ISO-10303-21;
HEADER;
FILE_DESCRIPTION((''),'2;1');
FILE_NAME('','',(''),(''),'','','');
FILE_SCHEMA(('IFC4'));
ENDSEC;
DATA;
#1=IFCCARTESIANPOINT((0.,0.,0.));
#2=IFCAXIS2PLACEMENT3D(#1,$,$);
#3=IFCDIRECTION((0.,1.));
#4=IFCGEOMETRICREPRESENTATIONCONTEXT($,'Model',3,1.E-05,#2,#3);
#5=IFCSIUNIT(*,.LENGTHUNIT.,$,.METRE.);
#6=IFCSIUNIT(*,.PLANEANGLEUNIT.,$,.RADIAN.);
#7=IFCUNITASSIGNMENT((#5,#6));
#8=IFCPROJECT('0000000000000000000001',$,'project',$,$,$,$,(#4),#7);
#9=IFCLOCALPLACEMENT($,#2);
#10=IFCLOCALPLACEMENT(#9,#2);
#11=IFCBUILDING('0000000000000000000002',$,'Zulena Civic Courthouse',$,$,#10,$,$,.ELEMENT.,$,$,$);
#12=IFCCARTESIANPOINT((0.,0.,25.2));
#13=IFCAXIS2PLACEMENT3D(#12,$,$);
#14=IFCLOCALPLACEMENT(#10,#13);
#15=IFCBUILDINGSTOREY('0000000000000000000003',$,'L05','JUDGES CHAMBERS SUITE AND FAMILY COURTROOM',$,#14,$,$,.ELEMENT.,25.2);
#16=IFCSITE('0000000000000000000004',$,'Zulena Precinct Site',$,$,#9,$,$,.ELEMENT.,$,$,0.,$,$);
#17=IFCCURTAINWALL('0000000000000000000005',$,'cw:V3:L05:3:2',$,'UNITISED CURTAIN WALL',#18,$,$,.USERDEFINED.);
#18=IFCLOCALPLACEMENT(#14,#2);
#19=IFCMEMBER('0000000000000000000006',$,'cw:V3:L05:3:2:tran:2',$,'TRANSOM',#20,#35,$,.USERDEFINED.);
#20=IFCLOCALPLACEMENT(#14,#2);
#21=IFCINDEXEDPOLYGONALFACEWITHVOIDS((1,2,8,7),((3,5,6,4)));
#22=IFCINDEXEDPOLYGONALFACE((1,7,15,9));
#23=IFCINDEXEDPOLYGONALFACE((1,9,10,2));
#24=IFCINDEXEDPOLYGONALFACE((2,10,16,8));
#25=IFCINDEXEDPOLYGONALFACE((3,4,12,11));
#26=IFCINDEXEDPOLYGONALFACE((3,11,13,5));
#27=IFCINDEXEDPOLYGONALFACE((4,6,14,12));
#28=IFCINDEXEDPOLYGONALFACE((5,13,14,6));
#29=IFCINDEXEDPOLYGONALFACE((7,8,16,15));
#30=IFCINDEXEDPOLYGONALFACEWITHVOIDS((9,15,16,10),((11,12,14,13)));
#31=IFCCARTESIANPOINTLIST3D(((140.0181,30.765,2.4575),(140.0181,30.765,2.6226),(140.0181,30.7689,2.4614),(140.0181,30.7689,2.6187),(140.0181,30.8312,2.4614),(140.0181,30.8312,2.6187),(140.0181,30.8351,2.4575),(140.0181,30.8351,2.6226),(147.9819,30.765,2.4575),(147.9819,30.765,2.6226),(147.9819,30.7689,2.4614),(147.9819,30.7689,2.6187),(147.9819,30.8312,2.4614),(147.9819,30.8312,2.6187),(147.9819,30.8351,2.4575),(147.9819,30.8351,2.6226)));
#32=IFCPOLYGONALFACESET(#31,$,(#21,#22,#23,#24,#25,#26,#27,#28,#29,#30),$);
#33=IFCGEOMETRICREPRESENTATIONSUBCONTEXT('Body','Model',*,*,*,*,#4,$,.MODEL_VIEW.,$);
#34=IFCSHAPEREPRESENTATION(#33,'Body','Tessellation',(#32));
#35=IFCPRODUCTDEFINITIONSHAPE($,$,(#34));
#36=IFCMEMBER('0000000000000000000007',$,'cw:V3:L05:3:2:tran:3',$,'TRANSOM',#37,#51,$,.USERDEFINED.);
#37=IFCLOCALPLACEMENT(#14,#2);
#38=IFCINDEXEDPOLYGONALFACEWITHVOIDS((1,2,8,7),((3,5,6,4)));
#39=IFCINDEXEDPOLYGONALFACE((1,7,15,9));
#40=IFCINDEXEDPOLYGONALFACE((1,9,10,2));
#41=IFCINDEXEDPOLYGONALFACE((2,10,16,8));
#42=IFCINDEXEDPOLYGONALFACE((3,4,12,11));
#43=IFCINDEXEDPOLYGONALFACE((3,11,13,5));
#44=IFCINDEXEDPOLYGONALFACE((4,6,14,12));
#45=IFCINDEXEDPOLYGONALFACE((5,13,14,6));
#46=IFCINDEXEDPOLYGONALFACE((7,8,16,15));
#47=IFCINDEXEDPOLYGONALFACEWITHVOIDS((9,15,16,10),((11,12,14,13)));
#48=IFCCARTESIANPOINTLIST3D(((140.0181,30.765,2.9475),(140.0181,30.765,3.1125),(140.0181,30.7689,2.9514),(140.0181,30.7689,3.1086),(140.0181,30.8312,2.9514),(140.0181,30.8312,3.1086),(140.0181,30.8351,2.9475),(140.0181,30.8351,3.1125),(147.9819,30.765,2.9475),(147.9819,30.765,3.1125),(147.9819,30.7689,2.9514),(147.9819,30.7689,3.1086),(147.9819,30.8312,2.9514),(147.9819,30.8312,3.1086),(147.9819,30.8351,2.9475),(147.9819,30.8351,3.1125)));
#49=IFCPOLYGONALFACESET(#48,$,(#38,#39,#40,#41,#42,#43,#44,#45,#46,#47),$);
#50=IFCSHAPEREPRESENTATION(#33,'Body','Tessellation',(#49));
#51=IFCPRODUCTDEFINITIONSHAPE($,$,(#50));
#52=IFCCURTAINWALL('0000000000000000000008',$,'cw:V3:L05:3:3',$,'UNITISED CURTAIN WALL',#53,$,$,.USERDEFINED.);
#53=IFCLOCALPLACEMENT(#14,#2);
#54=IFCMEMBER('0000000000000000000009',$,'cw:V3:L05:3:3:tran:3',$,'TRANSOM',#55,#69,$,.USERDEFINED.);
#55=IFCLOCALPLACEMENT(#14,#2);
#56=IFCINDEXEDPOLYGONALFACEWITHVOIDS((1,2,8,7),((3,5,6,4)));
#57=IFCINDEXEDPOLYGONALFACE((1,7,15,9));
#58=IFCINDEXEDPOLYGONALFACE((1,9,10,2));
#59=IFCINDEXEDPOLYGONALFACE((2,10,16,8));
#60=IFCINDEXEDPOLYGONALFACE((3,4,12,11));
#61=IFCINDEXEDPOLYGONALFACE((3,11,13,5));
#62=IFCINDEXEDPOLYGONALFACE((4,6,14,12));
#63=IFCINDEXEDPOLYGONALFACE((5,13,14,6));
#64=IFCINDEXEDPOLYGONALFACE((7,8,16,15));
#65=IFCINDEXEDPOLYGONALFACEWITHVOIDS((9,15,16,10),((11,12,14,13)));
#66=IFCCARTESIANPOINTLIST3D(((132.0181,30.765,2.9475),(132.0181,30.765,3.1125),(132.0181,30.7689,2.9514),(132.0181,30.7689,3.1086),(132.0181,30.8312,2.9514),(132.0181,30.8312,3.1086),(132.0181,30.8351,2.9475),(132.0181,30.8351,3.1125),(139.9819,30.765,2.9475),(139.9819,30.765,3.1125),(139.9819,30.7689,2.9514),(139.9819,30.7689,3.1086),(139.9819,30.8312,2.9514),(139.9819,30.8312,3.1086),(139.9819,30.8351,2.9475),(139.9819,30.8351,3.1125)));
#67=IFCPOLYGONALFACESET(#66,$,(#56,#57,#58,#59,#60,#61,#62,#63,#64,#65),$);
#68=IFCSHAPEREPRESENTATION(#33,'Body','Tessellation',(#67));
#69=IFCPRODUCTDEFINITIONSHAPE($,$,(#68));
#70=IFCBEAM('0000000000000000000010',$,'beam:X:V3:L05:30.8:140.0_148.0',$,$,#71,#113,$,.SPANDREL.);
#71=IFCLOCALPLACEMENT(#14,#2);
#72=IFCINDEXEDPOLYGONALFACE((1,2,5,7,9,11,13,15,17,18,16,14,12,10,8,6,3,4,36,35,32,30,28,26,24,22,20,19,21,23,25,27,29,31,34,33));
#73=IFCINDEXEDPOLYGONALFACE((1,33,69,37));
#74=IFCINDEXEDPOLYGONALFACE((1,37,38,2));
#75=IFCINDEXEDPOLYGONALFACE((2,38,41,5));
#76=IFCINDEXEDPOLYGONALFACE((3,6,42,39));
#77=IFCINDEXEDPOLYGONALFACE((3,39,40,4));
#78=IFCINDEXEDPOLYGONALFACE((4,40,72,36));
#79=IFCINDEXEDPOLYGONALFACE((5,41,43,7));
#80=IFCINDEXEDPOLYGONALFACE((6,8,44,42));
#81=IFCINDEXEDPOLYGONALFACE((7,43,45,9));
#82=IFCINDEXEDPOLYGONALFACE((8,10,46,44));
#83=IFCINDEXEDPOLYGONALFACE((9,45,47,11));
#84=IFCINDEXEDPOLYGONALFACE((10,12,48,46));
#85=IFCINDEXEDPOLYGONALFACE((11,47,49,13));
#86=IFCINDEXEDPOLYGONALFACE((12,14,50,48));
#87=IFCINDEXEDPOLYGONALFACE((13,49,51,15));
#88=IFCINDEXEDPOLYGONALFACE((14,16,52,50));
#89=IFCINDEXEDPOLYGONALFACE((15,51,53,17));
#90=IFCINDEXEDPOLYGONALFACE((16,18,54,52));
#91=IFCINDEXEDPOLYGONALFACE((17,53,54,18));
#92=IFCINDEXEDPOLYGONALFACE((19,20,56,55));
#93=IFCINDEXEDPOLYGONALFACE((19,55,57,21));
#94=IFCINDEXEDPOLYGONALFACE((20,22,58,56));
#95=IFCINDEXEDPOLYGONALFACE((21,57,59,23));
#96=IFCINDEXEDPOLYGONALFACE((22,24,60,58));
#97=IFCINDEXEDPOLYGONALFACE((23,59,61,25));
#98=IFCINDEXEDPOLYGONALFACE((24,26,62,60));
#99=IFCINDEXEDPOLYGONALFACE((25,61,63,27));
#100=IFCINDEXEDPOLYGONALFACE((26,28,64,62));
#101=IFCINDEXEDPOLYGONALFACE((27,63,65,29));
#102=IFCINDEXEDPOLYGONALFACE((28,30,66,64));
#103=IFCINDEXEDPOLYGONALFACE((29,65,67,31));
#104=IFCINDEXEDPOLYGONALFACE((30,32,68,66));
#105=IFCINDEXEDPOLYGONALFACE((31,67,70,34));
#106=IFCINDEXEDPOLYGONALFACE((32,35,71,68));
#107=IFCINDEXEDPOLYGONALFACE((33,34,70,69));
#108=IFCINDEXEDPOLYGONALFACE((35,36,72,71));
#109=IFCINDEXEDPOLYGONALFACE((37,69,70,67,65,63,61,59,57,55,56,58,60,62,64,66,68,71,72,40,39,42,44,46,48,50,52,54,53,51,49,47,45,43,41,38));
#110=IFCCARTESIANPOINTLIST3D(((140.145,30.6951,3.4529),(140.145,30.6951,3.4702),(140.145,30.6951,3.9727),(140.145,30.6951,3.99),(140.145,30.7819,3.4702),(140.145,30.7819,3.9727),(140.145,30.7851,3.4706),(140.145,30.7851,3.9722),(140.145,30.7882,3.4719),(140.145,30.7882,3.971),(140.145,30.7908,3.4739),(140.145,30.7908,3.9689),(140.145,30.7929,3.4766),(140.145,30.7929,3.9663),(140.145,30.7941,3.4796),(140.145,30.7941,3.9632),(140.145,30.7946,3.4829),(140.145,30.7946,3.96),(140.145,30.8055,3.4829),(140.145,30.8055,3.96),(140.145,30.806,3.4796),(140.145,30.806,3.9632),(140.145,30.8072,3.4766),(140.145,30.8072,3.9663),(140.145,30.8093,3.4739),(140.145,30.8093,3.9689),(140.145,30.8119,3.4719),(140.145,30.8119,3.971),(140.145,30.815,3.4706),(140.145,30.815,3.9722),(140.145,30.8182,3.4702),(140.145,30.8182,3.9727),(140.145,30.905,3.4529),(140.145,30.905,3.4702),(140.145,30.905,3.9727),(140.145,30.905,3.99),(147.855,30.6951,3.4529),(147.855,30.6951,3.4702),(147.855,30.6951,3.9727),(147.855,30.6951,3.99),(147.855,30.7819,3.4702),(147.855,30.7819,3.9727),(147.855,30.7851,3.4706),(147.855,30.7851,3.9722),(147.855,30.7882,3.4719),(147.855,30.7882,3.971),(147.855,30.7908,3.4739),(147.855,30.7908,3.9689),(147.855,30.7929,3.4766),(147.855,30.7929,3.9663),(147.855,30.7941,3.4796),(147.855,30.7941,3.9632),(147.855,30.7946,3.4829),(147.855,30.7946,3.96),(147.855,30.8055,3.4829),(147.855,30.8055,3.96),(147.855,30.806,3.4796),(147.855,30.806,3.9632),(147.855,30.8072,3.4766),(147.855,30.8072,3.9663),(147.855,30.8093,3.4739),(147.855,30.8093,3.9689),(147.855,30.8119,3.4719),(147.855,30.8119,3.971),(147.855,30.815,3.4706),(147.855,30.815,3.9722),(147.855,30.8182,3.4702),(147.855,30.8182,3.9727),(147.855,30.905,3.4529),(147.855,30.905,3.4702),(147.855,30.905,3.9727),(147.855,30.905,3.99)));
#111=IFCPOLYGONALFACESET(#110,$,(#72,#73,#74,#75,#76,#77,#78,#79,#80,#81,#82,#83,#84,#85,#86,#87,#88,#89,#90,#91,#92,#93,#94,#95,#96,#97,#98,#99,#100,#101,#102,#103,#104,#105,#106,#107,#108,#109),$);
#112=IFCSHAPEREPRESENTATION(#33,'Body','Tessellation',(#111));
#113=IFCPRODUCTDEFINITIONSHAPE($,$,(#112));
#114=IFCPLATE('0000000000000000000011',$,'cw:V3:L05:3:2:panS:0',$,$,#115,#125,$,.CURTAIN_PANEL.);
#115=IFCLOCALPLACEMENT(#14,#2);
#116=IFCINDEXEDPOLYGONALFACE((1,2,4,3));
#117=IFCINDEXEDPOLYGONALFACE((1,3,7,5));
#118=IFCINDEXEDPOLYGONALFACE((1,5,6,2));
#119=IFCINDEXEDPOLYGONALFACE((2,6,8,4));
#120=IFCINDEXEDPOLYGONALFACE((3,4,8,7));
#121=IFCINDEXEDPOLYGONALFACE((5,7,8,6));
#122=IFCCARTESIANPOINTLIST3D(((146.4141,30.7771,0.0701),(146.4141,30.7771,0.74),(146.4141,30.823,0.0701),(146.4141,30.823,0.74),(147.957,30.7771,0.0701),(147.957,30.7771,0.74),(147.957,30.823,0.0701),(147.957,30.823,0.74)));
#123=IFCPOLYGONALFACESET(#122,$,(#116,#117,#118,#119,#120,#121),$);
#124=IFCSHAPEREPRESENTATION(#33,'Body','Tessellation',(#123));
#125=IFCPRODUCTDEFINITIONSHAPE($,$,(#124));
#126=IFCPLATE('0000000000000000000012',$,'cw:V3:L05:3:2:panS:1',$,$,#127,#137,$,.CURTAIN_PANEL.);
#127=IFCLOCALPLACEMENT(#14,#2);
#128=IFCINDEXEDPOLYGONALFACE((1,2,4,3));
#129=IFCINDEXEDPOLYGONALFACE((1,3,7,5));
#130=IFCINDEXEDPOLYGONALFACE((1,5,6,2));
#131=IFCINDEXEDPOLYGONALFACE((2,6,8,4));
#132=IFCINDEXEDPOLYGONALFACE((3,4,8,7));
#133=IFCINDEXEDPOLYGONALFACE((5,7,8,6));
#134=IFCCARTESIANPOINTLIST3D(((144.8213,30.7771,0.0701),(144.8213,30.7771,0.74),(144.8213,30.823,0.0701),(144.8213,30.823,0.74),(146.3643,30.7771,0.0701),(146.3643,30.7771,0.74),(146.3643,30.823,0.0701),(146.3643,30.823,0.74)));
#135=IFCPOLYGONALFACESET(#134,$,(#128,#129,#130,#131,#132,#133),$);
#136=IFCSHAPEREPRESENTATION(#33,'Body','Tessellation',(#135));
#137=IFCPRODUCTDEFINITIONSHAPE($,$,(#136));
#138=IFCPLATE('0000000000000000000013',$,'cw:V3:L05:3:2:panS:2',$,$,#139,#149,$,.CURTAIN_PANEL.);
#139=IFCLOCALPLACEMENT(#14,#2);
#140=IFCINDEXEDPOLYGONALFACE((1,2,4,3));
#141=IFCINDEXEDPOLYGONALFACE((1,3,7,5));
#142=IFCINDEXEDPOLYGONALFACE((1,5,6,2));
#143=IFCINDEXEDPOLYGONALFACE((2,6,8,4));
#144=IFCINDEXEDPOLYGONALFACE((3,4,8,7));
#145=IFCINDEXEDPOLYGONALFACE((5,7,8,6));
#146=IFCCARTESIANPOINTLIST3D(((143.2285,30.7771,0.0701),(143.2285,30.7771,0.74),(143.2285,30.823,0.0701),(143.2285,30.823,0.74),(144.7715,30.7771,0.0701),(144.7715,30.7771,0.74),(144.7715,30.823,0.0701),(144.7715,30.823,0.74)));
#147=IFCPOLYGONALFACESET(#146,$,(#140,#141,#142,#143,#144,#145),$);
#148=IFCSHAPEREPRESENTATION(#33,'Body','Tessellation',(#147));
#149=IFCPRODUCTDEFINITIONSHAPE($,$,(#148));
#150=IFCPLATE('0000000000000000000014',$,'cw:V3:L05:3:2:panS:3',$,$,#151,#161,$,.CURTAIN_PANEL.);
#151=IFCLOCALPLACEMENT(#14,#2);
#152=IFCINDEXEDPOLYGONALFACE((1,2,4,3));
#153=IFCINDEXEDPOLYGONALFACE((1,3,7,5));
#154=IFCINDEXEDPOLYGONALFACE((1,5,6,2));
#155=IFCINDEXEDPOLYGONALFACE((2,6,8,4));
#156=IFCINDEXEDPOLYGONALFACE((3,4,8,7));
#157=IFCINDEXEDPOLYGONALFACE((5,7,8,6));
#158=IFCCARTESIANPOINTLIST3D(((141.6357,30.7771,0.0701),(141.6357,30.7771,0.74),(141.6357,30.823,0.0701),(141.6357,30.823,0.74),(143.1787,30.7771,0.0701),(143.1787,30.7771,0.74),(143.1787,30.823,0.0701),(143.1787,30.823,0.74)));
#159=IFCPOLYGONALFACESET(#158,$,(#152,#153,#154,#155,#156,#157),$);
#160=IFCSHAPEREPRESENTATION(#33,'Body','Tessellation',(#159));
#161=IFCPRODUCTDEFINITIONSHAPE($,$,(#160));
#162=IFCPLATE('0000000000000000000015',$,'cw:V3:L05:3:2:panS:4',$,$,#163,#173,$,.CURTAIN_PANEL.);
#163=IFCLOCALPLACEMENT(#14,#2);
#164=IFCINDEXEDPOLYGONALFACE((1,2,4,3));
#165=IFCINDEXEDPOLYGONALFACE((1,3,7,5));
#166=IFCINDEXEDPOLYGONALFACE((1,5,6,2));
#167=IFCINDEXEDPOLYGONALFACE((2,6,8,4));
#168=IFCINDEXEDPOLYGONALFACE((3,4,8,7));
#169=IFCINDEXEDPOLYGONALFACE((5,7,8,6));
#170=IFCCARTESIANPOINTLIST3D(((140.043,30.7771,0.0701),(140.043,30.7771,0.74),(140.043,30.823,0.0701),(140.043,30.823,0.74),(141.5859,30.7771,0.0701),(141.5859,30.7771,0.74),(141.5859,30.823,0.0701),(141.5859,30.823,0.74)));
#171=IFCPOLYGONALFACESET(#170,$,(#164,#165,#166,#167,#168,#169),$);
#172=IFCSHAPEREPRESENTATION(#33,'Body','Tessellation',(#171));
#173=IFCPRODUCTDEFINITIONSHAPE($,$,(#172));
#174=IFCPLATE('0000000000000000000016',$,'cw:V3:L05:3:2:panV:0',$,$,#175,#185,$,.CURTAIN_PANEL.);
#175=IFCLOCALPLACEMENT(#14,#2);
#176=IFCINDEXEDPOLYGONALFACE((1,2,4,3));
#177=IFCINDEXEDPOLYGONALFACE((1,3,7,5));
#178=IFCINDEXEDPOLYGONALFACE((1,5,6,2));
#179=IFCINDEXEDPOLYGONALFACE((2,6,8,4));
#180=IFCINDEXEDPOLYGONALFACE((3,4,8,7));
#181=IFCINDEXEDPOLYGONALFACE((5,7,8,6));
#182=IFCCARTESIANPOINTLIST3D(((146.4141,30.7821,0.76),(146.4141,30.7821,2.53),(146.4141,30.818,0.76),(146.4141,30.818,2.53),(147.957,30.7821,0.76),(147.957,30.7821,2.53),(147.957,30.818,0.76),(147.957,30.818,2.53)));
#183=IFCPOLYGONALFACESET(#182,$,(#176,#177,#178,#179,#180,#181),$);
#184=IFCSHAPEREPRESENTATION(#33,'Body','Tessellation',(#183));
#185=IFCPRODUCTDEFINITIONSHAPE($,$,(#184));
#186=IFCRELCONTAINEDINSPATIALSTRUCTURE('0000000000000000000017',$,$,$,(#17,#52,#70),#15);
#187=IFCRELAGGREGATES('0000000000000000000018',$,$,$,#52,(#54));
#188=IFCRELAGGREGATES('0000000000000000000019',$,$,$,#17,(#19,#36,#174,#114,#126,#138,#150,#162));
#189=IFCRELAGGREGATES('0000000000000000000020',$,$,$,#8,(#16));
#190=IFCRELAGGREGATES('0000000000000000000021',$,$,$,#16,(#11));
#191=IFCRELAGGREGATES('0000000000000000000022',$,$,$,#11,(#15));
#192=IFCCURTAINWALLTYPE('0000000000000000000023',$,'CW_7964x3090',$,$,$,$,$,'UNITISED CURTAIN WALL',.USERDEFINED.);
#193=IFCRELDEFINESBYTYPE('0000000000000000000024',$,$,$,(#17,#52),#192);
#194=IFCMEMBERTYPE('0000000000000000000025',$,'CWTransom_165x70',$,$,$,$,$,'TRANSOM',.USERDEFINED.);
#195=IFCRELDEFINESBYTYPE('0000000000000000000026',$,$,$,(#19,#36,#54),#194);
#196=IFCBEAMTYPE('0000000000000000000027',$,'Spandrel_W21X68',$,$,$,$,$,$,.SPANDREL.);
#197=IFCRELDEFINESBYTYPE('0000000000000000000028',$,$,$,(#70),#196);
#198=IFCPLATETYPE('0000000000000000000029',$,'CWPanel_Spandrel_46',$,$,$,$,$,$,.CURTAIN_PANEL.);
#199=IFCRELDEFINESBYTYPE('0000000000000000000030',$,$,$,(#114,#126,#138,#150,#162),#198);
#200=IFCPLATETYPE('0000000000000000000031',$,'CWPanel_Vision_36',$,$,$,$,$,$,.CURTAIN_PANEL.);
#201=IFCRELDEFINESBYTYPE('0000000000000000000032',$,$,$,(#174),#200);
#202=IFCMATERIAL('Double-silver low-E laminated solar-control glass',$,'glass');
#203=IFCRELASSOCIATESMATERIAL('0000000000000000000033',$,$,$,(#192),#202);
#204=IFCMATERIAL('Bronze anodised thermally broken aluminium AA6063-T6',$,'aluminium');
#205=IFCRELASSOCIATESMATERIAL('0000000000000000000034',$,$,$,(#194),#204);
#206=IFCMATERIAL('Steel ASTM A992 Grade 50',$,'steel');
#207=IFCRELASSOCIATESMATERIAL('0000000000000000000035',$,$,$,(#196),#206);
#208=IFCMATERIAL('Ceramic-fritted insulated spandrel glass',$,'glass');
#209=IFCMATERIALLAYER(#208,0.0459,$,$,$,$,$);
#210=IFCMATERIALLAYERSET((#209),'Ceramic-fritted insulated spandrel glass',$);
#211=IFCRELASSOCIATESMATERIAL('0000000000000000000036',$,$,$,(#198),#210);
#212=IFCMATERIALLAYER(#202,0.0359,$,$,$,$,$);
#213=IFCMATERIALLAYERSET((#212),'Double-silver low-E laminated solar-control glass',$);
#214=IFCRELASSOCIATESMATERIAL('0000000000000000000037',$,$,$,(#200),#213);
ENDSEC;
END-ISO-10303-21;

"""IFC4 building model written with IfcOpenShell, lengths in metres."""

from ifc_helpers import new_model, si_unit, direction, frame, origin, origin_2d, place, context, subcontext, project, spatial, rectangle, hollow_rectangle, i_section, extrude, material, layer, layer_set, material_profile, profile_set, type_object, element, aggregate, save


model = new_model("IFC4")

# Units and contexts
model_context = context("Model", 3, precision=1e-05, world=origin(), true_north=direction((0.0, 1.0)))
body_context = subcontext(model_context, "Body", "Model", "MODEL_VIEW")
ifc_project = project(units=[si_unit("LENGTHUNIT", "METRE"), si_unit("PLANEANGLEUNIT", "RADIAN")], contexts=[model_context])

# Site, building, storey
site_placement = place(None, origin())
site = spatial("IfcSite", under=ifc_project, at=site_placement, Name="Zulena Precinct Site", CompositionType="ELEMENT", RefElevation=0.0)
building_placement = place(site_placement, origin())
building = spatial("IfcBuilding", under=site, at=building_placement, Name="Zulena Civic Courthouse", CompositionType="ELEMENT")
storey_placement = place(building_placement, frame((0.0, 0.0, 25.2)))
storey = spatial("IfcBuildingStorey", under=building, at=storey_placement, Name="L05", Description="JUDGES CHAMBERS SUITE AND FAMILY COURTROOM", CompositionType="ELEMENT", Elevation=25.2)

# Shared definitions
ifc_material_1 = material(Name="Steel ASTM A992 Grade 50", Category="steel")

# Curtain wall, members
ifc_material_2 = material(Name="Double-silver low-E laminated solar-control glass", Category="glass")
curtain_wall_type = type_object("IfcCurtainWallType", Name="CW_7964x3090", ElementType="UNITISED CURTAIN WALL", PredefinedType="USERDEFINED", material=ifc_material_2)
curtain_wall_1_placement = place(storey_placement, origin())
curtain_wall_1 = element("IfcCurtainWall", 1, at=curtain_wall_1_placement, inside=storey, type_object=curtain_wall_type, Name="cw:V3:L05:3:2", ObjectType="UNITISED CURTAIN WALL", PredefinedType="USERDEFINED")
ifc_material_3 = material(Name="Bronze anodised thermally broken aluminium AA6063-T6", Category="aluminium")
ifc_material_profile_1 = material_profile(ifc_material_3, hollow_rectangle(XDim=0.0701, YDim=0.165, WallThickness=0.0039, at=origin_2d()), Name="CWT165X70X4")
ifc_profile_set_1 = profile_set([ifc_material_profile_1], Name="Bronze anodised thermally broken aluminium AA6063-T6")
member_type_1 = type_object("IfcMemberType", Name="CWTransom_165x70", ElementType="TRANSOM", PredefinedType="USERDEFINED", material=ifc_profile_set_1)
member_1_placement = place(storey_placement, frame((147.9819, 30.8, 2.54), z_axis=(-1.0, 0.0, 0.0), x_axis=(0.0, -1.0, 0.0)))
member_1 = element("IfcMember", 2, at=member_1_placement, type_object=member_type_1, Name="cw:V3:L05:3:2:tran:2", ObjectType="TRANSOM", PredefinedType="USERDEFINED", context=body_context, shape_type="SweptSolid", body=[
    extrude(hollow_rectangle(XDim=0.0701, YDim=0.165, WallThickness=0.0039, at=origin_2d()), origin(), (0.0, 0.0, 1.0), 7.9639),
])
member_2_placement = place(storey_placement, frame((147.9819, 30.8, 3.03), z_axis=(-1.0, 0.0, 0.0), x_axis=(0.0, -1.0, 0.0)))
member_2 = element("IfcMember", 3, at=member_2_placement, type_object=member_type_1, Name="cw:V3:L05:3:2:tran:3", ObjectType="TRANSOM", PredefinedType="USERDEFINED", context=body_context, shape_type="SweptSolid", body=[
    extrude(hollow_rectangle(XDim=0.0701, YDim=0.165, WallThickness=0.0039, at=origin_2d()), origin(), (0.0, 0.0, 1.0), 7.9639),
])

# Curtain wall, member
curtain_wall_2_placement = place(storey_placement, origin())
curtain_wall_2 = element("IfcCurtainWall", 4, at=curtain_wall_2_placement, inside=storey, type_object=curtain_wall_type, Name="cw:V3:L05:3:3", ObjectType="UNITISED CURTAIN WALL", PredefinedType="USERDEFINED")
member_3_placement = place(storey_placement, frame((139.9819, 30.8, 3.03), z_axis=(-1.0, 0.0, 0.0), x_axis=(0.0, -1.0, 0.0)))
member_3 = element("IfcMember", 5, at=member_3_placement, type_object=member_type_1, Name="cw:V3:L05:3:3:tran:3", ObjectType="TRANSOM", PredefinedType="USERDEFINED", context=body_context, shape_type="SweptSolid", body=[
    extrude(hollow_rectangle(XDim=0.0701, YDim=0.165, WallThickness=0.0039, at=origin_2d()), origin(), (0.0, 0.0, 1.0), 7.9639),
])
aggregate(curtain_wall_2, [member_3])

# Beam
ifc_material_profile_2 = material_profile(ifc_material_1, i_section(OverallWidth=0.21, OverallDepth=0.5371, WebThickness=0.011, FlangeThickness=0.0173, FilletRadius=0.0127, at=origin_2d()), Name="W21X68")
ifc_profile_set_2 = profile_set([ifc_material_profile_2], Name="Steel ASTM A992 Grade 50")
beam_type = type_object("IfcBeamType", Name="Spandrel_W21X68", PredefinedType="SPANDREL", material=ifc_profile_set_2)
beam_placement = place(storey_placement, frame((140.145, 30.8, 3.7214), z_axis=(1.0, 0.0, 0.0), x_axis=(0.0, 1.0, 0.0)))
element("IfcBeam", 6, at=beam_placement, inside=storey, type_object=beam_type, Name="beam:X:V3:L05:30.8:140.0_148.0", PredefinedType="SPANDREL", context=body_context, shape_type="SweptSolid", body=[
    extrude(i_section(OverallWidth=0.21, OverallDepth=0.5371, WebThickness=0.011, FlangeThickness=0.0173, FilletRadius=0.0127, at=origin_2d()), origin(), (0.0, 0.0, 1.0), 7.71),
])

# Plates
ifc_material_4 = material(Name="Ceramic-fritted insulated spandrel glass", Category="glass")
ifc_layer_1 = layer(ifc_material_4, 0.0459)
ifc_layer_set_1 = layer_set([ifc_layer_1], Name="Ceramic-fritted insulated spandrel glass")
plate_type_1 = type_object("IfcPlateType", Name="CWPanel_Spandrel_46", PredefinedType="CURTAIN_PANEL", material=ifc_layer_set_1)
plate_1_placement = place(storey_placement, frame((147.1855, 30.8, 0.0701), z_axis=(0.0, 0.0, 1.0), x_axis=(-1.0, 0.0, 0.0)))
plate_1 = element("IfcPlate", 7, at=plate_1_placement, type_object=plate_type_1, Name="cw:V3:L05:3:2:panS:0", PredefinedType="CURTAIN_PANEL", context=body_context, shape_type="SweptSolid", body=[
    extrude(rectangle(XDim=1.543, YDim=0.0459, at=origin_2d()), origin(), (0.0, 0.0, 1.0), 0.6699),
])
plate_2_placement = place(storey_placement, frame((145.5928, 30.8, 0.0701), z_axis=(0.0, 0.0, 1.0), x_axis=(-1.0, 0.0, 0.0)))
plate_2 = element("IfcPlate", 8, at=plate_2_placement, type_object=plate_type_1, Name="cw:V3:L05:3:2:panS:1", PredefinedType="CURTAIN_PANEL", context=body_context, shape_type="SweptSolid", body=[
    extrude(rectangle(XDim=1.543, YDim=0.0459, at=origin_2d()), origin(), (0.0, 0.0, 1.0), 0.6699),
])
plate_3_placement = place(storey_placement, frame((144.0, 30.8, 0.0701), z_axis=(0.0, 0.0, 1.0), x_axis=(-1.0, 0.0, 0.0)))
plate_3 = element("IfcPlate", 9, at=plate_3_placement, type_object=plate_type_1, Name="cw:V3:L05:3:2:panS:2", PredefinedType="CURTAIN_PANEL", context=body_context, shape_type="SweptSolid", body=[
    extrude(rectangle(XDim=1.543, YDim=0.0459, at=origin_2d()), origin(), (0.0, 0.0, 1.0), 0.6699),
])
plate_4_placement = place(storey_placement, frame((142.4072, 30.8, 0.0701), z_axis=(0.0, 0.0, 1.0), x_axis=(-1.0, 0.0, 0.0)))
plate_4 = element("IfcPlate", 10, at=plate_4_placement, type_object=plate_type_1, Name="cw:V3:L05:3:2:panS:3", PredefinedType="CURTAIN_PANEL", context=body_context, shape_type="SweptSolid", body=[
    extrude(rectangle(XDim=1.543, YDim=0.0459, at=origin_2d()), origin(), (0.0, 0.0, 1.0), 0.6699),
])
plate_5_placement = place(storey_placement, frame((140.8145, 30.8, 0.0701), z_axis=(0.0, 0.0, 1.0), x_axis=(-1.0, 0.0, 0.0)))
plate_5 = element("IfcPlate", 11, at=plate_5_placement, type_object=plate_type_1, Name="cw:V3:L05:3:2:panS:4", PredefinedType="CURTAIN_PANEL", context=body_context, shape_type="SweptSolid", body=[
    extrude(rectangle(XDim=1.543, YDim=0.0459, at=origin_2d()), origin(), (0.0, 0.0, 1.0), 0.6699),
])
ifc_layer_2 = layer(ifc_material_2, 0.0359)
ifc_layer_set_2 = layer_set([ifc_layer_2], Name="Double-silver low-E laminated solar-control glass")
plate_type_2 = type_object("IfcPlateType", Name="CWPanel_Vision_36", PredefinedType="CURTAIN_PANEL", material=ifc_layer_set_2)
plate_6_placement = place(storey_placement, frame((147.1855, 30.8, 0.76), z_axis=(0.0, 0.0, 1.0), x_axis=(-1.0, 0.0, 0.0)))
plate_6 = element("IfcPlate", 12, at=plate_6_placement, type_object=plate_type_2, Name="cw:V3:L05:3:2:panV:0", PredefinedType="CURTAIN_PANEL", context=body_context, shape_type="SweptSolid", body=[
    extrude(rectangle(XDim=1.543, YDim=0.0359, at=origin_2d()), origin(), (0.0, 0.0, 1.0), 1.77),
])
aggregate(curtain_wall_1, [member_1, member_2, plate_6, plate_1, plate_2, plate_3, plate_4, plate_5])

save(model, "model.ifc")
